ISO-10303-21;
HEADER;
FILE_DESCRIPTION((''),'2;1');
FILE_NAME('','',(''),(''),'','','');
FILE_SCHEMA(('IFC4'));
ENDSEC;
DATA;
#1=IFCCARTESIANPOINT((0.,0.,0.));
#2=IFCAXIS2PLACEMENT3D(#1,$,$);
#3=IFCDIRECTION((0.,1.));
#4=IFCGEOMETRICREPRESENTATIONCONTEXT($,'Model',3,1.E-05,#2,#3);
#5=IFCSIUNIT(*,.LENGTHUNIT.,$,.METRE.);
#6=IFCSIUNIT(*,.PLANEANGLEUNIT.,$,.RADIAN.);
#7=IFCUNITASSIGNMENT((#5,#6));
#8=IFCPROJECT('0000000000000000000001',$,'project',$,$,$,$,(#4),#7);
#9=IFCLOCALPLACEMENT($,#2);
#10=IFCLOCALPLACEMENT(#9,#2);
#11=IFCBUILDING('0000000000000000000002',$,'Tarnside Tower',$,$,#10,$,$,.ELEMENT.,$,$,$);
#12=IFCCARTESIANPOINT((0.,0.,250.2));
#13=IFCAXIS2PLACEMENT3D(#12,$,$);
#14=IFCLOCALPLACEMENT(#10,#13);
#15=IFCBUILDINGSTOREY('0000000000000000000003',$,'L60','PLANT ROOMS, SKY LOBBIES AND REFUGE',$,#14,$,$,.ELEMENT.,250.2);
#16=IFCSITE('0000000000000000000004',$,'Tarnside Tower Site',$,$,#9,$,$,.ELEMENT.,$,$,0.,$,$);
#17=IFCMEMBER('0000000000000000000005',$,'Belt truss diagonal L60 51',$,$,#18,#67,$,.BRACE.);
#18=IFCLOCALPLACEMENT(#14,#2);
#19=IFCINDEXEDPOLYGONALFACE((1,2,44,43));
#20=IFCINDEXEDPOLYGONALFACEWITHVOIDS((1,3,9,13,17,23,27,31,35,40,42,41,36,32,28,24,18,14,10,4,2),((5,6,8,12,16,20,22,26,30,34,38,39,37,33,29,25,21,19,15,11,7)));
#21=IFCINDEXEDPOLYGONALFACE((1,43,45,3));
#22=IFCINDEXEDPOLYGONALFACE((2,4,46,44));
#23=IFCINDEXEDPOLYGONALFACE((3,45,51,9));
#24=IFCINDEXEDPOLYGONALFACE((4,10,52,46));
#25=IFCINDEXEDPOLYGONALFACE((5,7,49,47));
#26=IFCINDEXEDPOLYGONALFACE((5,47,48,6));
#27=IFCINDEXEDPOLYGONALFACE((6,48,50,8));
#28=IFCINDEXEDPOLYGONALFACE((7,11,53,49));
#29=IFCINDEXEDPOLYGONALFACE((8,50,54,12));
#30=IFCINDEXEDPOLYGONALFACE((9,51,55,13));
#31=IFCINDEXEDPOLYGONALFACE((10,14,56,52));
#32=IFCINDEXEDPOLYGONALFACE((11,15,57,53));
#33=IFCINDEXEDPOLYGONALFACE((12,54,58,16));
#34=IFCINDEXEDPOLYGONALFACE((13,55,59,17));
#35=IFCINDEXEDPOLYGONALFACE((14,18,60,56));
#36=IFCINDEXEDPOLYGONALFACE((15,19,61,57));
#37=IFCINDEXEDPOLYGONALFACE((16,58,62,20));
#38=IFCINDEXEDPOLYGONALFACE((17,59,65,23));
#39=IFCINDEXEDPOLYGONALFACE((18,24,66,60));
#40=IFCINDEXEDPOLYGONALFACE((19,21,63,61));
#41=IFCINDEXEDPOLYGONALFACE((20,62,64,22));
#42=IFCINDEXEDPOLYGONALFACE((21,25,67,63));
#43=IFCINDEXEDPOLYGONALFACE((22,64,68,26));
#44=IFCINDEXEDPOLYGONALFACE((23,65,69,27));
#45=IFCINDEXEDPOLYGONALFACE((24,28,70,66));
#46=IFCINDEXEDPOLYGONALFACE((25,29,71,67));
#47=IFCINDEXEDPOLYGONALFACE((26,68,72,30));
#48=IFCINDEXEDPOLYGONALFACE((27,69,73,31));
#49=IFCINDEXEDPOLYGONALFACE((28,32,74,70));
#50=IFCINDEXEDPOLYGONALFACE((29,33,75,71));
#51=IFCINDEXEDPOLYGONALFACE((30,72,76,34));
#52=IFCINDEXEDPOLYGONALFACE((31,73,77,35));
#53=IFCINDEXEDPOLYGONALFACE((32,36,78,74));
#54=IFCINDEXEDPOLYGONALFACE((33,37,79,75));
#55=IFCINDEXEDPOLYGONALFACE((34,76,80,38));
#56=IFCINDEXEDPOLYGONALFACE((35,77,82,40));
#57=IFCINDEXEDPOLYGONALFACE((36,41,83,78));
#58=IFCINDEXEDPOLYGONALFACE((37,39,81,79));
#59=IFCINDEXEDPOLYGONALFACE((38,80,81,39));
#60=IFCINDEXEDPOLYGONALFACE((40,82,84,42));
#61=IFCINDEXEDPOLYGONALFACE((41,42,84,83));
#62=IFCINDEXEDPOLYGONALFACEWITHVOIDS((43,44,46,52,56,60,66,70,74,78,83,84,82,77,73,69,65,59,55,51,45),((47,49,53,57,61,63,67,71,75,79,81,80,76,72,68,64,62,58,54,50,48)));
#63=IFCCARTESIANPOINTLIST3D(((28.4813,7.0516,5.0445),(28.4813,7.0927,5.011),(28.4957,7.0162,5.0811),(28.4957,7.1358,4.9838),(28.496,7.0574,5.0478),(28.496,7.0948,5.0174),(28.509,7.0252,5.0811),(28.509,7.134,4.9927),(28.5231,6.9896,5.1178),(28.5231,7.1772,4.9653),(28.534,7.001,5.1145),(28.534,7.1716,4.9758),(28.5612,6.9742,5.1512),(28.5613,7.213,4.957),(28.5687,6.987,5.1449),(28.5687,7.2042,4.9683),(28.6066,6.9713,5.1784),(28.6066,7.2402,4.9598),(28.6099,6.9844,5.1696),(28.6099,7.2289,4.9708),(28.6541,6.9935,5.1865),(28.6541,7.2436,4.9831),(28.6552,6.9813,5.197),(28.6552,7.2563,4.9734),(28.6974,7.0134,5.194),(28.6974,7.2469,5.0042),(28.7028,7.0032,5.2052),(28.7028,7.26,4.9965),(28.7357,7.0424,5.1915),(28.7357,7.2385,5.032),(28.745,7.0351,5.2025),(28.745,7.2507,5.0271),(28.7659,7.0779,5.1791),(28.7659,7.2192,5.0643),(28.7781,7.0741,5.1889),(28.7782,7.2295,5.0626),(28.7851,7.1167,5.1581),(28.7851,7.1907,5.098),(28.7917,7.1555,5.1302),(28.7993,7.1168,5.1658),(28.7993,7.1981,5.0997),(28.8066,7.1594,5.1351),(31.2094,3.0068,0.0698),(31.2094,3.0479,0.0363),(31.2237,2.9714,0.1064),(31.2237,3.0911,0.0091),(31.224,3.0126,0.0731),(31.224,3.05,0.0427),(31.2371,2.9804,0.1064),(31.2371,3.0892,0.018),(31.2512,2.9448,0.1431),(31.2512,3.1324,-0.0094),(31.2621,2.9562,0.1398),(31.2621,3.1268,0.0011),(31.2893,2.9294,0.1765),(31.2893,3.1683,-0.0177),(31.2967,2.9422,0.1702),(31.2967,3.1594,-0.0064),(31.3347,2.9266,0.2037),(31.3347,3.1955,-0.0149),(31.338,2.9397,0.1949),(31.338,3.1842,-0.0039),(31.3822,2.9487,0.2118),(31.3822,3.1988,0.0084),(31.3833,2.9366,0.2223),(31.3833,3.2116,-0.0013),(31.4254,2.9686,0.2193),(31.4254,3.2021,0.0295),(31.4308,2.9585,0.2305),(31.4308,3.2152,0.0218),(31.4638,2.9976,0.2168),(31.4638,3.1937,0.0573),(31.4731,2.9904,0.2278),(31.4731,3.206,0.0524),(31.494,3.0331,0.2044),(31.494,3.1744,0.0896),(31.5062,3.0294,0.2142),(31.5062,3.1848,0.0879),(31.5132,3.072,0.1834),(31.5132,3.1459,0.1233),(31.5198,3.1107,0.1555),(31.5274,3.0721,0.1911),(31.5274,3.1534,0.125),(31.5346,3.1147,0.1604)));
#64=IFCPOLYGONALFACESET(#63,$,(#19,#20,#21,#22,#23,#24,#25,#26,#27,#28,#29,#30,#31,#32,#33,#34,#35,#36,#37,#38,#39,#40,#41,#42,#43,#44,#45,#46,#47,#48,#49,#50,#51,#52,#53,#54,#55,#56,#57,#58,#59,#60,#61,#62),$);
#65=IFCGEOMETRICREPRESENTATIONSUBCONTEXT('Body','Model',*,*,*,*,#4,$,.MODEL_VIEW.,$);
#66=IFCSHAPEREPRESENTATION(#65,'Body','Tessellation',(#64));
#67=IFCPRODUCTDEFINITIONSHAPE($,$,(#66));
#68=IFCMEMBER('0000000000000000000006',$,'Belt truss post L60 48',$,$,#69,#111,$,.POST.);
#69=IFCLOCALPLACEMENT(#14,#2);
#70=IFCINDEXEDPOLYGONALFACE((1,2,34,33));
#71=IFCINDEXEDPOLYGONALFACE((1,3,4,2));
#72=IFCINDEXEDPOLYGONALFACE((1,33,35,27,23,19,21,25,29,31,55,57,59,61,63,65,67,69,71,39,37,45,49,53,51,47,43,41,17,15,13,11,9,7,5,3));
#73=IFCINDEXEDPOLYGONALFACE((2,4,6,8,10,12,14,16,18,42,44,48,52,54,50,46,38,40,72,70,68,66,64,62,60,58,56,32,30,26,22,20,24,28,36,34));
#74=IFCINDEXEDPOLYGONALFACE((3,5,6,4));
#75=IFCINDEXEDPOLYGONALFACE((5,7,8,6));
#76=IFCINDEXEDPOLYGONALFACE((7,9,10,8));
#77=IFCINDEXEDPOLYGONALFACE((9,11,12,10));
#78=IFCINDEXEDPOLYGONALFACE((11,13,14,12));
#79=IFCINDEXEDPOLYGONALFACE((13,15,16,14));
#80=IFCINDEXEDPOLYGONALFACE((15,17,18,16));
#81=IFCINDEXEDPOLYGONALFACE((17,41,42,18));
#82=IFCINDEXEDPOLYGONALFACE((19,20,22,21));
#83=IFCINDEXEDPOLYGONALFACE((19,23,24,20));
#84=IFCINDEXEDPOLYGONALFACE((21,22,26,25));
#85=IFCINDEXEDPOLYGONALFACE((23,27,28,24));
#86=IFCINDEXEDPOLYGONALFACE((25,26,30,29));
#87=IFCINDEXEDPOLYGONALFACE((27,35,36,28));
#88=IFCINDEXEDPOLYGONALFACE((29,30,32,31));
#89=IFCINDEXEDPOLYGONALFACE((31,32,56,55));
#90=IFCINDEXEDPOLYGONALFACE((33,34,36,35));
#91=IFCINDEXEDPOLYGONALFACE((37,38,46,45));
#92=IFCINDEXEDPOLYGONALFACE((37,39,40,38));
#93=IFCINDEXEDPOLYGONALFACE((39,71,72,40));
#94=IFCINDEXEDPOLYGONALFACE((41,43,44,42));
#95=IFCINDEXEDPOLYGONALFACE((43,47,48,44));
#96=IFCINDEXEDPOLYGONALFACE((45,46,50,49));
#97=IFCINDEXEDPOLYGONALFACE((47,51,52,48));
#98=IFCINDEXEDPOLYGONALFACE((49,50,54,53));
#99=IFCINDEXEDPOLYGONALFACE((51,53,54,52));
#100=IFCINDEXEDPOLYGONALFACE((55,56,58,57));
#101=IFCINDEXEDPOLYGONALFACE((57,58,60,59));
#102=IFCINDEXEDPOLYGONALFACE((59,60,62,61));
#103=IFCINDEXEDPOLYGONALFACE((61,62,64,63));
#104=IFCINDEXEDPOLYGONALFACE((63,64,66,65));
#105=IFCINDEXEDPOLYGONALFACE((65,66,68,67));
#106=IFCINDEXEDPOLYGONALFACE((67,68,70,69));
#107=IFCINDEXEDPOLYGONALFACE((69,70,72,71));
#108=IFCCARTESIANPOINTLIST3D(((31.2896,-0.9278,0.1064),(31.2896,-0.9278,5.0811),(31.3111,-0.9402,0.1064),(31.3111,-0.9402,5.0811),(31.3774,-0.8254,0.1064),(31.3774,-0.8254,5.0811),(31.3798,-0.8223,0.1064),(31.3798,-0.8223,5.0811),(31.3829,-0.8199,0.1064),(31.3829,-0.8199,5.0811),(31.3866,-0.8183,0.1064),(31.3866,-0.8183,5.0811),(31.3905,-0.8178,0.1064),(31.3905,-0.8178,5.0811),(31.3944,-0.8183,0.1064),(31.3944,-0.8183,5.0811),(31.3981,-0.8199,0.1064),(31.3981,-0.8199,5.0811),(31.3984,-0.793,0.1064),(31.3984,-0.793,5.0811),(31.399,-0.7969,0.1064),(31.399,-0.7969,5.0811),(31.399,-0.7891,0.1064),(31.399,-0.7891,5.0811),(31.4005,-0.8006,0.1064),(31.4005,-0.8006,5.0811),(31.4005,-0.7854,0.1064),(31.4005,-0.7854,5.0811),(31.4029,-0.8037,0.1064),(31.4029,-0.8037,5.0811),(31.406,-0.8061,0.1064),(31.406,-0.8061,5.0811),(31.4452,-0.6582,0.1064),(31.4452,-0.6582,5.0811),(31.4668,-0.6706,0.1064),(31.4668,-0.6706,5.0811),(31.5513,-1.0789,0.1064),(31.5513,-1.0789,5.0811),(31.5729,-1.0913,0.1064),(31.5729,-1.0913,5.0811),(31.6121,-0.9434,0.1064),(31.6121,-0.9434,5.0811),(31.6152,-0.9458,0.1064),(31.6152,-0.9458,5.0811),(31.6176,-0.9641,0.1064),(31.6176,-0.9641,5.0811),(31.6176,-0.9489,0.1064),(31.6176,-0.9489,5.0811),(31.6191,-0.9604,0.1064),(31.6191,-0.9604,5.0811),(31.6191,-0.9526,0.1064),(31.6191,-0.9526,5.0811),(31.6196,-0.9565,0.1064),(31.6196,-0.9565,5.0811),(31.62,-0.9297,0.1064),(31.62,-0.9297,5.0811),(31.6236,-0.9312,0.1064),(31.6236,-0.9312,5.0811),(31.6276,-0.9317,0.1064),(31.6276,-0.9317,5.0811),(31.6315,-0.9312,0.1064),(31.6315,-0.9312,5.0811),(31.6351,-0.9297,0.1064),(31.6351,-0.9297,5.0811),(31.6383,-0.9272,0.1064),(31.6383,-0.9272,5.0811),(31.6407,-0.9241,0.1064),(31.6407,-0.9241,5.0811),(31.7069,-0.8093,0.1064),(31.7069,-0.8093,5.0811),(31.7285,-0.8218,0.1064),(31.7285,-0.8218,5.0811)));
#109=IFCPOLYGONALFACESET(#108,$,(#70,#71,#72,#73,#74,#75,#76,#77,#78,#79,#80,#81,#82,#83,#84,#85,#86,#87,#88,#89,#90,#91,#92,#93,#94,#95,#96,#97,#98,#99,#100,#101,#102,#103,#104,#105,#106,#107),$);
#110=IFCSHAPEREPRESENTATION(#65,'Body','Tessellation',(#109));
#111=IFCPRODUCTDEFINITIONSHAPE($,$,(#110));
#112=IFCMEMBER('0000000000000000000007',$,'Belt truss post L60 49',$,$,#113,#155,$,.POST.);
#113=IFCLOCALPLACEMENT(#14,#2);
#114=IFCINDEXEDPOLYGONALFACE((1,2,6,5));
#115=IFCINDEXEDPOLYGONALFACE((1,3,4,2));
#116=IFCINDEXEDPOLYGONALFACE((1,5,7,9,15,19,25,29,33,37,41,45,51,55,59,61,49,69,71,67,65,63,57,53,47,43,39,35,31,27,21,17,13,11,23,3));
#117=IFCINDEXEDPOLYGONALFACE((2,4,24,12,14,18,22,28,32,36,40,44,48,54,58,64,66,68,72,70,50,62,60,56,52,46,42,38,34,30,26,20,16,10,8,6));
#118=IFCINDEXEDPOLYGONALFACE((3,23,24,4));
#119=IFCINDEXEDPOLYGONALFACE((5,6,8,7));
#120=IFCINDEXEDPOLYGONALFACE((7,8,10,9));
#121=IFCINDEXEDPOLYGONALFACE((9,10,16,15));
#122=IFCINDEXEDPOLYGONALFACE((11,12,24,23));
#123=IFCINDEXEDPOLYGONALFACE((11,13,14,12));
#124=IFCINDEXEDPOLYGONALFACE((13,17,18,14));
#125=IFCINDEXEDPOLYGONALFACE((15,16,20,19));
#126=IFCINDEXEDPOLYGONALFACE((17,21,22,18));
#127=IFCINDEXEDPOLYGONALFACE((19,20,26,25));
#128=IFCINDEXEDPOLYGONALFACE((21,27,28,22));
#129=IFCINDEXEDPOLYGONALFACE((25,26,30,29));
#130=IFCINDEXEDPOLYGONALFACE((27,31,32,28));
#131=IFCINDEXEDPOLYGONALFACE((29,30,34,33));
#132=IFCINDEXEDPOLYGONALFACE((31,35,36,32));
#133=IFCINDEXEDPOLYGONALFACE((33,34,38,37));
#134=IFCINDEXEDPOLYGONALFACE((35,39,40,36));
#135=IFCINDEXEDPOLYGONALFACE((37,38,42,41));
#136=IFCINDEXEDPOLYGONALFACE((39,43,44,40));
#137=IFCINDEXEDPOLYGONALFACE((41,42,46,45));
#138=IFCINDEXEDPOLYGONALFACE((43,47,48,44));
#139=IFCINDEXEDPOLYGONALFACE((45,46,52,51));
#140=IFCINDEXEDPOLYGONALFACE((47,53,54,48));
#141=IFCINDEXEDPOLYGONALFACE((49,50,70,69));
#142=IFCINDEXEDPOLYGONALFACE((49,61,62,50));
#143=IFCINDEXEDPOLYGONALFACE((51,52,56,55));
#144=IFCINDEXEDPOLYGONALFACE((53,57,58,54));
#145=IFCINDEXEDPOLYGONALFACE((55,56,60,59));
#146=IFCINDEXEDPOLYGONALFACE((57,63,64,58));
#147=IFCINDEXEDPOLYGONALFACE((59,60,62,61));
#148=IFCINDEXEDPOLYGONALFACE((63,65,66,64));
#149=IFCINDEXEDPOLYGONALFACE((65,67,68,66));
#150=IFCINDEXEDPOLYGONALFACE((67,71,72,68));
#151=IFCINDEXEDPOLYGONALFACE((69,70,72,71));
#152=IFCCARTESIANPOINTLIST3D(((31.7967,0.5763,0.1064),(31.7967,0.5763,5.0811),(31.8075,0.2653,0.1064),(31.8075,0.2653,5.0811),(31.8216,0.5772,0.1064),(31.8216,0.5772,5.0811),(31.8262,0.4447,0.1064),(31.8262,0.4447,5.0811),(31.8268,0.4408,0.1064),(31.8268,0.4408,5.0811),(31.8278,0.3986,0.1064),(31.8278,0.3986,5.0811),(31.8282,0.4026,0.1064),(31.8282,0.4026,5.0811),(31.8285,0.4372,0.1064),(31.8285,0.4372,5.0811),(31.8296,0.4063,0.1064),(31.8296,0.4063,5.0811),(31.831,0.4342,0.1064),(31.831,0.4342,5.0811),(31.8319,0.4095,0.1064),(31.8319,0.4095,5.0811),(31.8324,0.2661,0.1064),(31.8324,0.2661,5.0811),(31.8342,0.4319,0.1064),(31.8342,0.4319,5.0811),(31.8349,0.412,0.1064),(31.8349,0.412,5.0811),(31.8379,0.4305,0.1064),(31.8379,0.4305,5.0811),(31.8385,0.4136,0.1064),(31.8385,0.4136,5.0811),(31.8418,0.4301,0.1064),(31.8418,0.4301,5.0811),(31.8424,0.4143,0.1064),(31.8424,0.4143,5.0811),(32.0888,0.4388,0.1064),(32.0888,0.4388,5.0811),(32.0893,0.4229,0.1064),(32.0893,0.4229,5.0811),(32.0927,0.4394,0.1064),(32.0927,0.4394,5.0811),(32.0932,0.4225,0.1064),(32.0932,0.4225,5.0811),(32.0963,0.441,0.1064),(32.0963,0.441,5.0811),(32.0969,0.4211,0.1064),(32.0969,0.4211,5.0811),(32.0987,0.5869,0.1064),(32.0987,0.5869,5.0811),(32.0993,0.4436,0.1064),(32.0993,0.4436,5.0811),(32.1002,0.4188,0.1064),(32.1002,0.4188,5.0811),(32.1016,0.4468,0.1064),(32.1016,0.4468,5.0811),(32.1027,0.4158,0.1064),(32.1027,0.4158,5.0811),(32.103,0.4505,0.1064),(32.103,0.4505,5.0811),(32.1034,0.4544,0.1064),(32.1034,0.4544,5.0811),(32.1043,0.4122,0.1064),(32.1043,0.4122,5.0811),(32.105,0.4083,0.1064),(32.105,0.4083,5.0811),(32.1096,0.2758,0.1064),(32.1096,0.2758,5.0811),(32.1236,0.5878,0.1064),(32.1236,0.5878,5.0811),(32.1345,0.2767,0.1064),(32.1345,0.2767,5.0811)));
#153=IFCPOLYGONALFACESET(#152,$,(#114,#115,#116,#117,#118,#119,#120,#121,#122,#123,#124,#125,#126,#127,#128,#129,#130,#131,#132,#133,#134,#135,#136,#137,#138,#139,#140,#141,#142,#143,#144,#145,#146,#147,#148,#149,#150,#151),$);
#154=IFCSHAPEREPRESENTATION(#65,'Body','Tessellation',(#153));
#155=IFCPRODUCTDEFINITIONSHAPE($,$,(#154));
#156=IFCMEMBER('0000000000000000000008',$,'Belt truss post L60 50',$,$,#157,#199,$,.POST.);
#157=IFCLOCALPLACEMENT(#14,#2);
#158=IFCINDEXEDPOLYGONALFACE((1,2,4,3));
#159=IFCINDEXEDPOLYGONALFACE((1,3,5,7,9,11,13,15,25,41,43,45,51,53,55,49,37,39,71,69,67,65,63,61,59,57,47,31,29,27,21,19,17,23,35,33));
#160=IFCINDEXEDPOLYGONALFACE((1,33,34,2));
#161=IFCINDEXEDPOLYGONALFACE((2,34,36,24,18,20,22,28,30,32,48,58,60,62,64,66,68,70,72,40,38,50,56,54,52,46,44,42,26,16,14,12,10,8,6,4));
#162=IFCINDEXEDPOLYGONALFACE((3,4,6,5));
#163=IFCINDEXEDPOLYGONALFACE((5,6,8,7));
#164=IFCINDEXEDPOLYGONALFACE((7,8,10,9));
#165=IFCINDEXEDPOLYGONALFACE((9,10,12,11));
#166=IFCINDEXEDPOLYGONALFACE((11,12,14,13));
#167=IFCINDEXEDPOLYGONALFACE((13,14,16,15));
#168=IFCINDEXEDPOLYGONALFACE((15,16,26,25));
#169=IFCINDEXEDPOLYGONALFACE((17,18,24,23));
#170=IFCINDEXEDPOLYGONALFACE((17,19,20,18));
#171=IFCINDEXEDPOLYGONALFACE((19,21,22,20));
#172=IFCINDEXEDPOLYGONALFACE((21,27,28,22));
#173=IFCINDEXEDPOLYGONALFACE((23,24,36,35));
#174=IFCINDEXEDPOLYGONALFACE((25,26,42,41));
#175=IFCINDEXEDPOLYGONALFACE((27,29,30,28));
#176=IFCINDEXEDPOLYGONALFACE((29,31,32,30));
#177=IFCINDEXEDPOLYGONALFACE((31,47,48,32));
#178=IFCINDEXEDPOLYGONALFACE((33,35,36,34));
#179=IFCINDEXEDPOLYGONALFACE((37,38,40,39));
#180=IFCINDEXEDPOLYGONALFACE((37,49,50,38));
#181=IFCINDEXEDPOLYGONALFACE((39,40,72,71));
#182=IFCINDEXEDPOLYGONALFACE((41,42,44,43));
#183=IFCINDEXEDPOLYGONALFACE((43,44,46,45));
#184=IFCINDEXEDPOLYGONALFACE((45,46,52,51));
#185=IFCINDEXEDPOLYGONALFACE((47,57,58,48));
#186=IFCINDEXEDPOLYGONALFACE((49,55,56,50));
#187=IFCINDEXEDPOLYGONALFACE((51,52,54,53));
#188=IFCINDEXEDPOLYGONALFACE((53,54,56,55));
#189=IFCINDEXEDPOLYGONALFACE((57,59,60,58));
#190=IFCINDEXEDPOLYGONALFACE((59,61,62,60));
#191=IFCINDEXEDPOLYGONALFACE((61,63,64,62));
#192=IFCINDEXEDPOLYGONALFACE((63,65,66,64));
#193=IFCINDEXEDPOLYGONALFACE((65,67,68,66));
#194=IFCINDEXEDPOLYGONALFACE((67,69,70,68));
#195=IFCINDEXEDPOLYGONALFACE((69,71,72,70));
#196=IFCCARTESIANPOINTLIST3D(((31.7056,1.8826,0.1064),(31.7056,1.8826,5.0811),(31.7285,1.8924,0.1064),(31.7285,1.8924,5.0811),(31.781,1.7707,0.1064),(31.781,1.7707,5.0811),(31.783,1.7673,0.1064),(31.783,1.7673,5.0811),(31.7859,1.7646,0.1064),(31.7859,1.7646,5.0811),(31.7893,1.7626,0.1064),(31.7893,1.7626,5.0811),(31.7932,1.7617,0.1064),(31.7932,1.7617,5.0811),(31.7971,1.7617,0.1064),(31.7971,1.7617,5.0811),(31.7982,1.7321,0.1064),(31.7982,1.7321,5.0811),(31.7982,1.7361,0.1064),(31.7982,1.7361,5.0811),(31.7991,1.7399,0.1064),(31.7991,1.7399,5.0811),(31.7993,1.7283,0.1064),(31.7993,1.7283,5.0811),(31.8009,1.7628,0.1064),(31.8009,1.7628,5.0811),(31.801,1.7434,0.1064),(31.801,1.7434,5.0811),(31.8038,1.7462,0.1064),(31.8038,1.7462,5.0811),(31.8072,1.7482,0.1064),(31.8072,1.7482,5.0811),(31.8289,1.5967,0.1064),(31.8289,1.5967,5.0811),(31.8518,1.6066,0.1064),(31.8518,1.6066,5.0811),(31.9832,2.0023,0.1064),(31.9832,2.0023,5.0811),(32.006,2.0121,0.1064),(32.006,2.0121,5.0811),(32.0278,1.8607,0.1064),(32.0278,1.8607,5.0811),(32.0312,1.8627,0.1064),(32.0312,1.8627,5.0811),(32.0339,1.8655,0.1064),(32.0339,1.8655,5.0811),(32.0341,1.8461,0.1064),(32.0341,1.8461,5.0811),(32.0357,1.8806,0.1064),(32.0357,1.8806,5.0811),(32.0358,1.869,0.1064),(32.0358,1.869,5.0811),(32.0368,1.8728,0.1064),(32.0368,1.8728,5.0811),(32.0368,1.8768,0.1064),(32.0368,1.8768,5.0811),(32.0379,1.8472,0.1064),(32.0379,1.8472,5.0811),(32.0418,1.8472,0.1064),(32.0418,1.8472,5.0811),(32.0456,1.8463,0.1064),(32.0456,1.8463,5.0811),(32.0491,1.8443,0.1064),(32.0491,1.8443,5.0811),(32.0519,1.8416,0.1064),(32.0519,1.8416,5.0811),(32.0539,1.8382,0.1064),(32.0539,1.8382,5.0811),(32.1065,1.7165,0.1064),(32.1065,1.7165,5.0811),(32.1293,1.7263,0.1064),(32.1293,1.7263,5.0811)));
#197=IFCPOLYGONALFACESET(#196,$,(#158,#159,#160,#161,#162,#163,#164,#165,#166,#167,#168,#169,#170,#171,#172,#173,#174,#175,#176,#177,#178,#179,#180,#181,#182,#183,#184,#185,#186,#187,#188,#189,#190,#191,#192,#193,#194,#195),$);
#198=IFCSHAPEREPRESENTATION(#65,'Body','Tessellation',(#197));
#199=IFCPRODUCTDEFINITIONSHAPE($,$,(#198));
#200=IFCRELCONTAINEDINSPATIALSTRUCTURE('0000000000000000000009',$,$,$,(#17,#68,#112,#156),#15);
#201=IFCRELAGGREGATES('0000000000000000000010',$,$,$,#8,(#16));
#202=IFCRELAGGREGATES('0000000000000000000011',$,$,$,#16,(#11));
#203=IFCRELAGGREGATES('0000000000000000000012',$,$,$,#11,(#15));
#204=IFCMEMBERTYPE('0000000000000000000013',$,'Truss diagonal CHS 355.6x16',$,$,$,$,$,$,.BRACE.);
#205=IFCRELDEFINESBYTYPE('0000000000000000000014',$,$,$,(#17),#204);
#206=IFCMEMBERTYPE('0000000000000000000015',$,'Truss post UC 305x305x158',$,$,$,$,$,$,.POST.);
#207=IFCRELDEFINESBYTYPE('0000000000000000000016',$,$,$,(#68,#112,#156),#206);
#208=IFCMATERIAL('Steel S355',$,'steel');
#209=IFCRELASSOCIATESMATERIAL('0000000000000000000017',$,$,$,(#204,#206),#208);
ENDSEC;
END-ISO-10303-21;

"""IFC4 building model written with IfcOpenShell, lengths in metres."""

from ifc_helpers import new_model, si_unit, direction, frame, origin, origin_2d, place, context, subcontext, project, spatial, hollow_circle, i_section, extrude, material, material_profile, profile_set, type_object, element, save


model = new_model("IFC4")

# Units and contexts
model_context = context("Model", 3, precision=1e-05, world=origin(), true_north=direction((0.0, 1.0)))
body_context = subcontext(model_context, "Body", "Model", "MODEL_VIEW")
ifc_project = project(units=[si_unit("LENGTHUNIT", "METRE"), si_unit("PLANEANGLEUNIT", "RADIAN")], contexts=[model_context])

# Site, building, storey
site_placement = place(None, origin())
site = spatial("IfcSite", under=ifc_project, at=site_placement, Name="Tarnside Tower Site", CompositionType="ELEMENT", RefElevation=0.0)
building_placement = place(site_placement, origin())
building = spatial("IfcBuilding", under=site, at=building_placement, Name="Tarnside Tower", CompositionType="ELEMENT")
storey_placement = place(building_placement, frame((0.0, 0.0, 250.2)))
storey = spatial("IfcBuildingStorey", under=building, at=storey_placement, Name="L60", Description="PLANT ROOMS, SKY LOBBIES AND REFUGE", CompositionType="ELEMENT", Elevation=250.2)

# Shared definitions
ifc_material_1 = material(Name="Steel S355", Category="steel")

# Members
ifc_material_profile_1 = material_profile(ifc_material_1, hollow_circle(Radius=0.1777, WallThickness=0.0161, at=origin_2d()), Name="CHS 355.6x16")
ifc_profile_set_1 = profile_set([ifc_material_profile_1], Name="Steel S355")
member_type_1 = type_object("IfcMemberType", Name="Truss diagonal CHS 355.6x16", PredefinedType="BRACE", material=ifc_profile_set_1)
member_1_placement = place(storey_placement, frame((31.3711, 3.0708, 0.1064), z_axis=(-0.391527, 0.580493, 0.713957), x_axis=(-0.829051, -0.559173, 0.0)))
element("IfcMember", 1, at=member_1_placement, inside=storey, type_object=member_type_1, Name="Belt truss diagonal L60 51", PredefinedType="BRACE", context=body_context, shape_type="SweptSolid", body=[
    extrude(hollow_circle(Radius=0.1777, WallThickness=0.0161, at=origin_2d()), origin(), (0.0, 0.0, 1.0), 6.9678),
])
ifc_material_profile_2 = material_profile(ifc_material_1, i_section(OverallWidth=0.3113, OverallDepth=0.3271, WebThickness=0.0159, FlangeThickness=0.0249, FilletRadius=0.0151, at=origin_2d()), Name="UC 305x305x158")
ifc_profile_set_2 = profile_set([ifc_material_profile_2], Name="Steel S355")
member_type_2 = type_object("IfcMemberType", Name="Truss post UC 305x305x158", PredefinedType="POST", material=ifc_profile_set_2)
for number, where, z_axis, x_axis, name in (
    (2, (31.509, -0.8748, 0.1064), (0.0, 0.0, 1.0), (0.5, 0.866025, 0.0), "Belt truss post L60 48"),
    (3, (31.9656, 0.4265, 0.1064), (0.0, 0.0, 1.0), (-0.034899, 0.999391, 0.0), "Belt truss post L60 49"),
    (4, (31.9175, 1.8044, 0.1064), (0.0, 0.0, 1.0), (-0.39608, 0.918216, 0.0), "Belt truss post L60 50"),
):
    element("IfcMember", number, at=place(storey_placement, frame(where, z_axis=z_axis, x_axis=x_axis)), inside=storey, type_object=member_type_2, Name=name, PredefinedType="POST", context=body_context, shape_type="SweptSolid", body=[
        extrude(i_section(OverallWidth=0.3113, OverallDepth=0.3271, WebThickness=0.0159, FlangeThickness=0.0249, FilletRadius=0.0151, at=origin_2d()), origin(), (0.0, 0.0, 1.0), 4.9746),
    ])

save(model, "model.ifc")
